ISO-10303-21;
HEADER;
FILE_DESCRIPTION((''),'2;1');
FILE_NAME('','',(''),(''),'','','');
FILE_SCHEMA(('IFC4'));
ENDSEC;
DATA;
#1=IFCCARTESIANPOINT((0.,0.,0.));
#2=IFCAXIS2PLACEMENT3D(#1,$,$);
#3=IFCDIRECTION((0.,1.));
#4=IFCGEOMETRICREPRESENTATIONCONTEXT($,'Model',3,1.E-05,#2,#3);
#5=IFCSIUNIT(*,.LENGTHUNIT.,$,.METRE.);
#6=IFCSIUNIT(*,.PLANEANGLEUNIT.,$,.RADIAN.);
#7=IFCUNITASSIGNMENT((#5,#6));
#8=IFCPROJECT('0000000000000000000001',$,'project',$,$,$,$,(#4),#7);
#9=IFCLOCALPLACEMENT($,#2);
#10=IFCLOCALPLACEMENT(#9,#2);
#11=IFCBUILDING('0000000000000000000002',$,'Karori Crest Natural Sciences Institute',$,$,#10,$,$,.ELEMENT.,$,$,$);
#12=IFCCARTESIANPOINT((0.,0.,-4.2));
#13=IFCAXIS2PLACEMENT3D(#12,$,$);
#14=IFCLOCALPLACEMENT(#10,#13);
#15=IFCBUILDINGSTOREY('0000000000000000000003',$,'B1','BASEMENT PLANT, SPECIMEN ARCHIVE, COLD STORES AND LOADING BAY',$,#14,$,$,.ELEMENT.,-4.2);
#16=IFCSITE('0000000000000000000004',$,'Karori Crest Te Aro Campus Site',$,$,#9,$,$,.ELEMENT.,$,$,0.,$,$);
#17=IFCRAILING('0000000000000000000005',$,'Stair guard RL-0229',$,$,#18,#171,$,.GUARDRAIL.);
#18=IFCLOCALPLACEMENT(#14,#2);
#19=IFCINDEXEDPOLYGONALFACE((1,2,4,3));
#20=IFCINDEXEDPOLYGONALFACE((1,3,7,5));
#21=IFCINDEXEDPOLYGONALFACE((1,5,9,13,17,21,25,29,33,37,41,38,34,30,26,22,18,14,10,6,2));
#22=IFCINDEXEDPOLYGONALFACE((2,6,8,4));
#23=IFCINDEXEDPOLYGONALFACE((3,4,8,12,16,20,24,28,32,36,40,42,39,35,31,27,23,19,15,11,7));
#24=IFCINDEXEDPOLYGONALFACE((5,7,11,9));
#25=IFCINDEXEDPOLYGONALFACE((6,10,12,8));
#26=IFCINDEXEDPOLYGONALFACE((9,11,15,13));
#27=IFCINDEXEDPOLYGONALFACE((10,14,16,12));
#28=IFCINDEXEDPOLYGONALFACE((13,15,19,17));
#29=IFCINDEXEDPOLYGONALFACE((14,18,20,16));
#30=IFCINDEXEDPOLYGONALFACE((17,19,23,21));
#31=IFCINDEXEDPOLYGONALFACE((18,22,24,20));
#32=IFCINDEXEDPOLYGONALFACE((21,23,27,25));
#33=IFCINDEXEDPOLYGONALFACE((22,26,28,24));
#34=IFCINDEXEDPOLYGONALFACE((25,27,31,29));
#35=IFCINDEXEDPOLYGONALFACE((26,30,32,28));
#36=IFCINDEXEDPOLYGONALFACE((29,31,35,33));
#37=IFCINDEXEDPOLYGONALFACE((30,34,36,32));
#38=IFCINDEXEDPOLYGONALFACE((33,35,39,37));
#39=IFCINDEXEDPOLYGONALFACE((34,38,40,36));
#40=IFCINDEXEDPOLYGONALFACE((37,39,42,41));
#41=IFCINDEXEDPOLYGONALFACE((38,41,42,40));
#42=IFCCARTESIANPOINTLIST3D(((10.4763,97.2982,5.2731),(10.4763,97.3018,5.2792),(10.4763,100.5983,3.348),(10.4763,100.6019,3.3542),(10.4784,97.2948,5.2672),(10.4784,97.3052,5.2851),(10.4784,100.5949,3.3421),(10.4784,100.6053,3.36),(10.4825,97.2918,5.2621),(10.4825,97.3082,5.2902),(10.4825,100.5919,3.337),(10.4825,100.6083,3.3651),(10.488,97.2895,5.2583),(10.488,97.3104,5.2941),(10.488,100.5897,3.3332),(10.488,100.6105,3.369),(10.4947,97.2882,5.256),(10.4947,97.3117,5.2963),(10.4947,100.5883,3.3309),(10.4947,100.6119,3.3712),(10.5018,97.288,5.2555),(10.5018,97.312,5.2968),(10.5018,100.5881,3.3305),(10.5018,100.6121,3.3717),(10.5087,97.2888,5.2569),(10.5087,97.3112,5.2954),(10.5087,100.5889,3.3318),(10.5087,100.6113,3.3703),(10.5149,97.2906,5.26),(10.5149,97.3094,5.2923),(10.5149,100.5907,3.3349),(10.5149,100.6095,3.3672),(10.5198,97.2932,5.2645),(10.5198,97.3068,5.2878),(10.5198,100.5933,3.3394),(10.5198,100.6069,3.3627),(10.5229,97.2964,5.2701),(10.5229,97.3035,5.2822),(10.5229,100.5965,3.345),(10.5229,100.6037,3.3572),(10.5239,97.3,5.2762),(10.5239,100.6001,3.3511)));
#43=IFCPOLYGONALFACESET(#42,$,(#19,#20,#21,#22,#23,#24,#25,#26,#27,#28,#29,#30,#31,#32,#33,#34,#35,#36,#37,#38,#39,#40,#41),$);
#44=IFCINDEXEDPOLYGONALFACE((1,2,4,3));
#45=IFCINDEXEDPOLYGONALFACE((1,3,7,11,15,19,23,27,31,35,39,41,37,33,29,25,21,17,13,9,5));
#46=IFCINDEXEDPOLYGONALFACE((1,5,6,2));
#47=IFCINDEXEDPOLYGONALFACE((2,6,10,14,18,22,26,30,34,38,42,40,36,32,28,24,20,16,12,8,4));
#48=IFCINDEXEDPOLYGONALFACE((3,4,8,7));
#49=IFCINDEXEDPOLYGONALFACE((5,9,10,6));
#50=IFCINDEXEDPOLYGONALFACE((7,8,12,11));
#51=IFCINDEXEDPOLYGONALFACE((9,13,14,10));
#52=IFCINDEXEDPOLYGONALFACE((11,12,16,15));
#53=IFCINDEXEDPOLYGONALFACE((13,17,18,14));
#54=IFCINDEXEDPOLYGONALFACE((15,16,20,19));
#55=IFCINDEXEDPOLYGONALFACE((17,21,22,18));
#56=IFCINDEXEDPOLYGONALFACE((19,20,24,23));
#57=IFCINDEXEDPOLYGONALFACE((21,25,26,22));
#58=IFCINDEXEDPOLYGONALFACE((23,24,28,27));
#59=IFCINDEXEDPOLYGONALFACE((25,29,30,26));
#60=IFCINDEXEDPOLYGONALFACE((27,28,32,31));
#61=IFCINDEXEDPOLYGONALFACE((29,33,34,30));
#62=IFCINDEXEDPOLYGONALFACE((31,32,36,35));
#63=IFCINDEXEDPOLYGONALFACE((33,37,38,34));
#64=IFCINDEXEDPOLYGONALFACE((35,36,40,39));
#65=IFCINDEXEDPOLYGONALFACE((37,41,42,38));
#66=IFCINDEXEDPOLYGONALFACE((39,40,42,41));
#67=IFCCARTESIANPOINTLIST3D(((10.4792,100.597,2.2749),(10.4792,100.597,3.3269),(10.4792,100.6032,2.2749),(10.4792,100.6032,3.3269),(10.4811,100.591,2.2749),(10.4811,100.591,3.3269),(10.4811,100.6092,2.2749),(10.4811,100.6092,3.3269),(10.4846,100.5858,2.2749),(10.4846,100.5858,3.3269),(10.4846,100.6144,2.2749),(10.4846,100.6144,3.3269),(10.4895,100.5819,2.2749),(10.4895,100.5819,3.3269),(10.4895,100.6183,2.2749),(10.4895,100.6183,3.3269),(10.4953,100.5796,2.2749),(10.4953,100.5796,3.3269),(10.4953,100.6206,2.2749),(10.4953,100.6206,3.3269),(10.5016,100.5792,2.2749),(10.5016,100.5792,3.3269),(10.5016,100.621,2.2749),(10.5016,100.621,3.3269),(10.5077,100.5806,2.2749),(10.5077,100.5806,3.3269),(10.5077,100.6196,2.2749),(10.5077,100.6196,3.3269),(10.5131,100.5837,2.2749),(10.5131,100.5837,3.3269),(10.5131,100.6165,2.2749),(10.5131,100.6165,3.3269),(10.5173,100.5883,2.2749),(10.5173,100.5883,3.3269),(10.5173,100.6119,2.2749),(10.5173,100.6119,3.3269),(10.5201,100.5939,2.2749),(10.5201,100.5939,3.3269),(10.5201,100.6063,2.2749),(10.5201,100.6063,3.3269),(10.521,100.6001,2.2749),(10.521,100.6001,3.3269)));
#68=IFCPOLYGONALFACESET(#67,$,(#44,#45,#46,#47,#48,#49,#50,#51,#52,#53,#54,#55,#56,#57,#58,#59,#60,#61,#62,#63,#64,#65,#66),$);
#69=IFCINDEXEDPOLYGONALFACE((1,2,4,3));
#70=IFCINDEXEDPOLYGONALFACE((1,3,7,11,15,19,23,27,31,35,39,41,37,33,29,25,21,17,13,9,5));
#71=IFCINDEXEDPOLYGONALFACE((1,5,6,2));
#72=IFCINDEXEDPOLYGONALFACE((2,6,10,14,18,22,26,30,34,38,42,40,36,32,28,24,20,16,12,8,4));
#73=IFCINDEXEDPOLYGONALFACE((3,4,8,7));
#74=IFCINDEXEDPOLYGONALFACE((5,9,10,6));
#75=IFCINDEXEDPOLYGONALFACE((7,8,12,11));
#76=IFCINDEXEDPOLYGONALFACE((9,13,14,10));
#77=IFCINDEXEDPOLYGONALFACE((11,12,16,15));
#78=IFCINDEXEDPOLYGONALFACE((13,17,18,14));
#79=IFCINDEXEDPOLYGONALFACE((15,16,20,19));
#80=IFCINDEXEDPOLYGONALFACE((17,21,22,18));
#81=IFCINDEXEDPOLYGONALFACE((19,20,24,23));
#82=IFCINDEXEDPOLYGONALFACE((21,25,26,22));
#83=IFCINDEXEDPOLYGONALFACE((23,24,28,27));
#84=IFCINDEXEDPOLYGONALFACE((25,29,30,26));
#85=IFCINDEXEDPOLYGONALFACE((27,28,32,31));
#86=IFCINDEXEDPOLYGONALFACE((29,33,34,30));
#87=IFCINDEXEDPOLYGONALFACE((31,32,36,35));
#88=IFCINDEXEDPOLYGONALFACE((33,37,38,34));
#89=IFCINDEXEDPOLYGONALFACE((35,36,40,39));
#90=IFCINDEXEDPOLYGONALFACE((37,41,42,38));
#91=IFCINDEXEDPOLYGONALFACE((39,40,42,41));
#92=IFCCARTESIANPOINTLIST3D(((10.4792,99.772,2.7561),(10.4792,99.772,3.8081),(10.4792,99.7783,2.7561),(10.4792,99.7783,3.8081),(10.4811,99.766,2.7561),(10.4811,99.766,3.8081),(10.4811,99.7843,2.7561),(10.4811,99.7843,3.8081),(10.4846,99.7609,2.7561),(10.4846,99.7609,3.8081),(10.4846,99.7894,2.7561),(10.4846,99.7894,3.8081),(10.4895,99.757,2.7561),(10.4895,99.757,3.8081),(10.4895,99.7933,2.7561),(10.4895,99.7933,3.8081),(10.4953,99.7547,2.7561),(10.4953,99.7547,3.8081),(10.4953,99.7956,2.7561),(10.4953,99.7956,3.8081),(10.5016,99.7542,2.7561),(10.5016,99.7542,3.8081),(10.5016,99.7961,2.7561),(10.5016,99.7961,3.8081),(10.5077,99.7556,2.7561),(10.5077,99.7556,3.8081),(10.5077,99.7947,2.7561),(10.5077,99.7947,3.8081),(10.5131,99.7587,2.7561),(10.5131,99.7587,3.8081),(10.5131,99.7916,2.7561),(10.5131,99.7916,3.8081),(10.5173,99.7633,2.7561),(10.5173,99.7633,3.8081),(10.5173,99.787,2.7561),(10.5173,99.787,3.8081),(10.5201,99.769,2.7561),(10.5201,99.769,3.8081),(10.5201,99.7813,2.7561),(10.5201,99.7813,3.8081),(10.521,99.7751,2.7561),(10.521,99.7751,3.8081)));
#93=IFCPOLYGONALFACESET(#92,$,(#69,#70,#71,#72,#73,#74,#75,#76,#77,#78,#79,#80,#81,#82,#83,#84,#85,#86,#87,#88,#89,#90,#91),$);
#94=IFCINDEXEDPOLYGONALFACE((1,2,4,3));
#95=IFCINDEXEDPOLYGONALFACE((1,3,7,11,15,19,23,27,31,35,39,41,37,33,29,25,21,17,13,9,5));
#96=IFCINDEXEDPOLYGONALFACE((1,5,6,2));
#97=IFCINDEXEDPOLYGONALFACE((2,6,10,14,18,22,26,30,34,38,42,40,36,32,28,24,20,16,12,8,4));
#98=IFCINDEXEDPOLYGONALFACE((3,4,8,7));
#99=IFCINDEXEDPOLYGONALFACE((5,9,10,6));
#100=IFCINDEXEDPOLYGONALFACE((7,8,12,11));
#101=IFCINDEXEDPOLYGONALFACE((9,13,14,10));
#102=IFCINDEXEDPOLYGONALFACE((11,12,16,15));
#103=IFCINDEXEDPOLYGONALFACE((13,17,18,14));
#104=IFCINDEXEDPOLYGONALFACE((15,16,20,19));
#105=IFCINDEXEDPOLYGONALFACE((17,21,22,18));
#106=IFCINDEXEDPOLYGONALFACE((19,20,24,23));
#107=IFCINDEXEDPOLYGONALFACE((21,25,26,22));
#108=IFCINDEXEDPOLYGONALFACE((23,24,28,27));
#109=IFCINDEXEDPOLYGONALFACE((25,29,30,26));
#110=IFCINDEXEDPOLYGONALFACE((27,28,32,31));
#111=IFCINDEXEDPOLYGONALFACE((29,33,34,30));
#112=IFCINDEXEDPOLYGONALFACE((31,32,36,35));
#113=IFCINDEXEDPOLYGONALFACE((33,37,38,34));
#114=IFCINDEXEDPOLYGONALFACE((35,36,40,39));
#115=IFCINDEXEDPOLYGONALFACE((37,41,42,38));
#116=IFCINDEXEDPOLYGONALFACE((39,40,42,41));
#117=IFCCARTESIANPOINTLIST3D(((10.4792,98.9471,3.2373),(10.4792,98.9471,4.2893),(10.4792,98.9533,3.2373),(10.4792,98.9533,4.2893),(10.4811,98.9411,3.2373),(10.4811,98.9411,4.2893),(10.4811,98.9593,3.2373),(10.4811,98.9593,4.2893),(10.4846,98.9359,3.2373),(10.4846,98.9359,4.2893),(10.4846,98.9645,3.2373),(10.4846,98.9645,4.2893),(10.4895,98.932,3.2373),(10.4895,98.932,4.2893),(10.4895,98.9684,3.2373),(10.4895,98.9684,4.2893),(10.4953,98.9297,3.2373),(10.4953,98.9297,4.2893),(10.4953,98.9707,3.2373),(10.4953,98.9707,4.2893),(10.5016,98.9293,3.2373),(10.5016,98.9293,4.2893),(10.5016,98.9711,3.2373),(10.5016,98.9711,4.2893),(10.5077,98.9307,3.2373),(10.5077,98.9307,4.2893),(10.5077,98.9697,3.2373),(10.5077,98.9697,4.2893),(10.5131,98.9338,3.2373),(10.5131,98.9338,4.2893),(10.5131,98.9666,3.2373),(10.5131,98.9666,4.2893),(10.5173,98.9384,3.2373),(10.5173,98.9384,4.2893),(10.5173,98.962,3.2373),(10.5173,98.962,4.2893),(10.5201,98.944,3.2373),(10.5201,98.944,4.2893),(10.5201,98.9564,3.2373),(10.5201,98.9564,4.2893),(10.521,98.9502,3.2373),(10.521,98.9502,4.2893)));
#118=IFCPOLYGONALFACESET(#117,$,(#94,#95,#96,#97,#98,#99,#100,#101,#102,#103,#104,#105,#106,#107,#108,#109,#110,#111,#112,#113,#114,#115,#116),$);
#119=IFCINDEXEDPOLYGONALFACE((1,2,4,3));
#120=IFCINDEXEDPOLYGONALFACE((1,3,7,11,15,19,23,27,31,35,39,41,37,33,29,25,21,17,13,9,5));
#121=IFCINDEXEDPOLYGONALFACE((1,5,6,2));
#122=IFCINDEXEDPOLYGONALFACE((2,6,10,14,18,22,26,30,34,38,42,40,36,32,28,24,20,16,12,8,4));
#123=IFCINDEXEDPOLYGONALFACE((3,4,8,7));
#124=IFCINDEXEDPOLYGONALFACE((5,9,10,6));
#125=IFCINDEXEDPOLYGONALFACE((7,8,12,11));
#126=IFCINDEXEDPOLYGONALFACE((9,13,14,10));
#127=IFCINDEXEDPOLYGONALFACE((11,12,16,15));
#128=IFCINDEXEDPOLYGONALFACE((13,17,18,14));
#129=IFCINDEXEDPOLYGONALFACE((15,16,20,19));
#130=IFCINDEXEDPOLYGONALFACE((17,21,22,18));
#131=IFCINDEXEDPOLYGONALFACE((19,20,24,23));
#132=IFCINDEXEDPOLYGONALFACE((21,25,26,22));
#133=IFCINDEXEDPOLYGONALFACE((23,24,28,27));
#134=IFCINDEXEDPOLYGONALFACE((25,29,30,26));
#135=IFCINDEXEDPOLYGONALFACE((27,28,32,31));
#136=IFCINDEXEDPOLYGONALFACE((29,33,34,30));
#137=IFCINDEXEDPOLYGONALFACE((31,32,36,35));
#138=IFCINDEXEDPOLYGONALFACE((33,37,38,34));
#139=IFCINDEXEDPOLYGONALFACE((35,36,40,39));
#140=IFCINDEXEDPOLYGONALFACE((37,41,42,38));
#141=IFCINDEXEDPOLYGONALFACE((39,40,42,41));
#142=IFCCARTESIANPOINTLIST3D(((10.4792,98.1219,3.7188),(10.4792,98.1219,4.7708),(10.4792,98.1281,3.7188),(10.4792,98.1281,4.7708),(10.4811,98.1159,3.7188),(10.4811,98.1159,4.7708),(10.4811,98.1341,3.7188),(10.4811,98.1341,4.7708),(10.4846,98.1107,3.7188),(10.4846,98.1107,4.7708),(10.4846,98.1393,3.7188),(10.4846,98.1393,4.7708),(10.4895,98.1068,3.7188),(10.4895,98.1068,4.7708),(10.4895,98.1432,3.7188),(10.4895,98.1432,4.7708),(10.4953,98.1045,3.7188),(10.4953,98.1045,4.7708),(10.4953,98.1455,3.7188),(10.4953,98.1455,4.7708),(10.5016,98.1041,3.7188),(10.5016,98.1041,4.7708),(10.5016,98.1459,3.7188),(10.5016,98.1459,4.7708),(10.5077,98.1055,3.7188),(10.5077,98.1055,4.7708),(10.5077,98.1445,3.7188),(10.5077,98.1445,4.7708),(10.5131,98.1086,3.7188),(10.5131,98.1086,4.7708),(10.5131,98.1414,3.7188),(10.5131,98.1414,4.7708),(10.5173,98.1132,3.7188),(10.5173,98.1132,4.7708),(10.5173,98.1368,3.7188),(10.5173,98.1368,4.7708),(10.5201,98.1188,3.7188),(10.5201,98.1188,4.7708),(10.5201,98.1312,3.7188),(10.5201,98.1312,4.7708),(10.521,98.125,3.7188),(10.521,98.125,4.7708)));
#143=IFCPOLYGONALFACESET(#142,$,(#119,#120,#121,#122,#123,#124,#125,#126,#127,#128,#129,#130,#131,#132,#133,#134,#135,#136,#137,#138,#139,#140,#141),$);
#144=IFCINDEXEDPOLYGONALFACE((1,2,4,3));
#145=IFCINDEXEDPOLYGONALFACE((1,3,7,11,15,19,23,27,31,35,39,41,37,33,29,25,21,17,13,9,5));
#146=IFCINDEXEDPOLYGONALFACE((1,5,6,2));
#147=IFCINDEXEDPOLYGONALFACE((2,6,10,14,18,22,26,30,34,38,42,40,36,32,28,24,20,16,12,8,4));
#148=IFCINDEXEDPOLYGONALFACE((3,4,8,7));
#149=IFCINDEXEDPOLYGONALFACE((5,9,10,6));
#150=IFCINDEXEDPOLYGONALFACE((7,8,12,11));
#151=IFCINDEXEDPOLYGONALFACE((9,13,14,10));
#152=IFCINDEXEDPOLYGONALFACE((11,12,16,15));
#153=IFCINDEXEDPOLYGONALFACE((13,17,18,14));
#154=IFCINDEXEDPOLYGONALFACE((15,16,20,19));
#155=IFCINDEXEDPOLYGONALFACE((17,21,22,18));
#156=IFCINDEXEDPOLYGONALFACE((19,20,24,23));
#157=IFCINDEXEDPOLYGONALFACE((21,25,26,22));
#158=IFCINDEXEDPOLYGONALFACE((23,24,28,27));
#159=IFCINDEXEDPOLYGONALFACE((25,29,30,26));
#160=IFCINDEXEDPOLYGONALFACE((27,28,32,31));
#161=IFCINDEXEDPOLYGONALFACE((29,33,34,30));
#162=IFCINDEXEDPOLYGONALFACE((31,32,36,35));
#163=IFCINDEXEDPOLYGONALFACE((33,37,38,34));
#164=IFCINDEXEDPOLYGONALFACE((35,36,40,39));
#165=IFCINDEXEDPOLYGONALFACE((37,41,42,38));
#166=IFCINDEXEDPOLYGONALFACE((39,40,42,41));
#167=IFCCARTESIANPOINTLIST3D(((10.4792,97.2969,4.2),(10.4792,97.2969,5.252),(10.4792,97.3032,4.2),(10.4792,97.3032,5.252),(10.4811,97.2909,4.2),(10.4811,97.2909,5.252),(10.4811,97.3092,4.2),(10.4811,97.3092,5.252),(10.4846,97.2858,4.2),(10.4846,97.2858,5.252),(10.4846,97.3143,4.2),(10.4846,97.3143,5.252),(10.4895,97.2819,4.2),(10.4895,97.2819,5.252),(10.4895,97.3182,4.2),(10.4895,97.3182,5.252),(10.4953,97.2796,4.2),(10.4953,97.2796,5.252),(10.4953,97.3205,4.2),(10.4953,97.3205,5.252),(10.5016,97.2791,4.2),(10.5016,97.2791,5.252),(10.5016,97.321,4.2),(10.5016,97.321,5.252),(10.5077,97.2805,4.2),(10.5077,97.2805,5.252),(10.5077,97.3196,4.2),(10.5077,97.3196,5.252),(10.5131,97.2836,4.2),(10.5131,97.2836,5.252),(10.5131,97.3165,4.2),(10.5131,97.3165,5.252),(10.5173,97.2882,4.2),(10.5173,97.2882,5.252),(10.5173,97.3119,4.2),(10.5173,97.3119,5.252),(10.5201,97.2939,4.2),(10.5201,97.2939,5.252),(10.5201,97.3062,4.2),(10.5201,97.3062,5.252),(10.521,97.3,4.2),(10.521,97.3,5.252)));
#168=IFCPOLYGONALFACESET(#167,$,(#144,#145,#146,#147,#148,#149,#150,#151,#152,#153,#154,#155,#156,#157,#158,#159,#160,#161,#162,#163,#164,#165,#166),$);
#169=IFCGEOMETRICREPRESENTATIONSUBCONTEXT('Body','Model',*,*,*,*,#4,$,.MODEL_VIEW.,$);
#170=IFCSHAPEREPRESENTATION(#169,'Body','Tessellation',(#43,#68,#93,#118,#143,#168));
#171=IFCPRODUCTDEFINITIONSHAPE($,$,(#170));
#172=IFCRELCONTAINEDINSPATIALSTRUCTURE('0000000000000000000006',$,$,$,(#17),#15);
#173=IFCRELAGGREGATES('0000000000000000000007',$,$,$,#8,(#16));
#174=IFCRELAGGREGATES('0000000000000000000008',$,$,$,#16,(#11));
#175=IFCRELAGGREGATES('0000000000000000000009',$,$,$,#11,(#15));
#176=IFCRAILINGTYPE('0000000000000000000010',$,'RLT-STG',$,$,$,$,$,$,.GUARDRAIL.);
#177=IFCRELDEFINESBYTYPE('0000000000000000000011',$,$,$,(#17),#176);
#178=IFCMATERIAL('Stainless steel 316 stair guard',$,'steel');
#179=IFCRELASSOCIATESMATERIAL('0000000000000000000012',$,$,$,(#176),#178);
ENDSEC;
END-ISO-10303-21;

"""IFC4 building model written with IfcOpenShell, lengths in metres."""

from ifc_helpers import new_model, si_unit, direction, frame, origin, origin_2d, place, context, subcontext, project, spatial, circle, extrude, material, type_object, element, save


model = new_model("IFC4")

# Units and contexts
model_context = context("Model", 3, precision=1e-05, world=origin(), true_north=direction((0.0, 1.0)))
body_context = subcontext(model_context, "Body", "Model", "MODEL_VIEW")
ifc_project = project(units=[si_unit("LENGTHUNIT", "METRE"), si_unit("PLANEANGLEUNIT", "RADIAN")], contexts=[model_context])

# Site, building, storey
site_placement = place(None, origin())
site = spatial("IfcSite", under=ifc_project, at=site_placement, Name="Karori Crest Te Aro Campus Site", CompositionType="ELEMENT", RefElevation=0.0)
building_placement = place(site_placement, origin())
building = spatial("IfcBuilding", under=site, at=building_placement, Name="Karori Crest Natural Sciences Institute", CompositionType="ELEMENT")
storey_placement = place(building_placement, frame((0.0, 0.0, -4.2)))
storey = spatial("IfcBuildingStorey", under=building, at=storey_placement, Name="B1", Description="BASEMENT PLANT, SPECIMEN ARCHIVE, COLD STORES AND LOADING BAY", CompositionType="ELEMENT", Elevation=-4.2)

# Railing
ifc_material_1 = material(Name="Stainless steel 316 stair guard", Category="steel")
railing_type_1 = type_object("IfcRailingType", Name="RLT-STG", PredefinedType="GUARDRAIL", material=ifc_material_1)
railing_1_placement = place(storey_placement, frame((10.5, 100.6001, 2.2749)))
element("IfcRailing", 1, at=railing_1_placement, inside=storey, type_object=railing_type_1, Name="Stair guard RL-0229", PredefinedType="GUARDRAIL", context=body_context, shape_type="SweptSolid", body=[
    extrude(circle(Radius=0.0239, at=origin_2d()), frame((0.0, 0.0, 1.0762), z_axis=(0.0, -0.863777, 0.503875), x_axis=(1.0, 0.0, 0.0)), (0.0, 0.0, 1.0), 3.8206),
    extrude(circle(Radius=0.021, at=origin_2d()), origin(), (0.0, 0.0, 1.0), 1.052),
    extrude(circle(Radius=0.021, at=origin_2d()), frame((0.0, -0.825, 0.4812)), (0.0, 0.0, 1.0), 1.052),
    extrude(circle(Radius=0.021, at=origin_2d()), frame((0.0, -1.6499, 0.9624)), (0.0, 0.0, 1.0), 1.052),
    extrude(circle(Radius=0.021, at=origin_2d()), frame((0.0, -2.4751, 1.4438)), (0.0, 0.0, 1.0), 1.052),
    extrude(circle(Radius=0.021, at=origin_2d()), frame((0.0, -3.3, 1.925)), (0.0, 0.0, 1.0), 1.052),
])

save(model, "model.ifc")
